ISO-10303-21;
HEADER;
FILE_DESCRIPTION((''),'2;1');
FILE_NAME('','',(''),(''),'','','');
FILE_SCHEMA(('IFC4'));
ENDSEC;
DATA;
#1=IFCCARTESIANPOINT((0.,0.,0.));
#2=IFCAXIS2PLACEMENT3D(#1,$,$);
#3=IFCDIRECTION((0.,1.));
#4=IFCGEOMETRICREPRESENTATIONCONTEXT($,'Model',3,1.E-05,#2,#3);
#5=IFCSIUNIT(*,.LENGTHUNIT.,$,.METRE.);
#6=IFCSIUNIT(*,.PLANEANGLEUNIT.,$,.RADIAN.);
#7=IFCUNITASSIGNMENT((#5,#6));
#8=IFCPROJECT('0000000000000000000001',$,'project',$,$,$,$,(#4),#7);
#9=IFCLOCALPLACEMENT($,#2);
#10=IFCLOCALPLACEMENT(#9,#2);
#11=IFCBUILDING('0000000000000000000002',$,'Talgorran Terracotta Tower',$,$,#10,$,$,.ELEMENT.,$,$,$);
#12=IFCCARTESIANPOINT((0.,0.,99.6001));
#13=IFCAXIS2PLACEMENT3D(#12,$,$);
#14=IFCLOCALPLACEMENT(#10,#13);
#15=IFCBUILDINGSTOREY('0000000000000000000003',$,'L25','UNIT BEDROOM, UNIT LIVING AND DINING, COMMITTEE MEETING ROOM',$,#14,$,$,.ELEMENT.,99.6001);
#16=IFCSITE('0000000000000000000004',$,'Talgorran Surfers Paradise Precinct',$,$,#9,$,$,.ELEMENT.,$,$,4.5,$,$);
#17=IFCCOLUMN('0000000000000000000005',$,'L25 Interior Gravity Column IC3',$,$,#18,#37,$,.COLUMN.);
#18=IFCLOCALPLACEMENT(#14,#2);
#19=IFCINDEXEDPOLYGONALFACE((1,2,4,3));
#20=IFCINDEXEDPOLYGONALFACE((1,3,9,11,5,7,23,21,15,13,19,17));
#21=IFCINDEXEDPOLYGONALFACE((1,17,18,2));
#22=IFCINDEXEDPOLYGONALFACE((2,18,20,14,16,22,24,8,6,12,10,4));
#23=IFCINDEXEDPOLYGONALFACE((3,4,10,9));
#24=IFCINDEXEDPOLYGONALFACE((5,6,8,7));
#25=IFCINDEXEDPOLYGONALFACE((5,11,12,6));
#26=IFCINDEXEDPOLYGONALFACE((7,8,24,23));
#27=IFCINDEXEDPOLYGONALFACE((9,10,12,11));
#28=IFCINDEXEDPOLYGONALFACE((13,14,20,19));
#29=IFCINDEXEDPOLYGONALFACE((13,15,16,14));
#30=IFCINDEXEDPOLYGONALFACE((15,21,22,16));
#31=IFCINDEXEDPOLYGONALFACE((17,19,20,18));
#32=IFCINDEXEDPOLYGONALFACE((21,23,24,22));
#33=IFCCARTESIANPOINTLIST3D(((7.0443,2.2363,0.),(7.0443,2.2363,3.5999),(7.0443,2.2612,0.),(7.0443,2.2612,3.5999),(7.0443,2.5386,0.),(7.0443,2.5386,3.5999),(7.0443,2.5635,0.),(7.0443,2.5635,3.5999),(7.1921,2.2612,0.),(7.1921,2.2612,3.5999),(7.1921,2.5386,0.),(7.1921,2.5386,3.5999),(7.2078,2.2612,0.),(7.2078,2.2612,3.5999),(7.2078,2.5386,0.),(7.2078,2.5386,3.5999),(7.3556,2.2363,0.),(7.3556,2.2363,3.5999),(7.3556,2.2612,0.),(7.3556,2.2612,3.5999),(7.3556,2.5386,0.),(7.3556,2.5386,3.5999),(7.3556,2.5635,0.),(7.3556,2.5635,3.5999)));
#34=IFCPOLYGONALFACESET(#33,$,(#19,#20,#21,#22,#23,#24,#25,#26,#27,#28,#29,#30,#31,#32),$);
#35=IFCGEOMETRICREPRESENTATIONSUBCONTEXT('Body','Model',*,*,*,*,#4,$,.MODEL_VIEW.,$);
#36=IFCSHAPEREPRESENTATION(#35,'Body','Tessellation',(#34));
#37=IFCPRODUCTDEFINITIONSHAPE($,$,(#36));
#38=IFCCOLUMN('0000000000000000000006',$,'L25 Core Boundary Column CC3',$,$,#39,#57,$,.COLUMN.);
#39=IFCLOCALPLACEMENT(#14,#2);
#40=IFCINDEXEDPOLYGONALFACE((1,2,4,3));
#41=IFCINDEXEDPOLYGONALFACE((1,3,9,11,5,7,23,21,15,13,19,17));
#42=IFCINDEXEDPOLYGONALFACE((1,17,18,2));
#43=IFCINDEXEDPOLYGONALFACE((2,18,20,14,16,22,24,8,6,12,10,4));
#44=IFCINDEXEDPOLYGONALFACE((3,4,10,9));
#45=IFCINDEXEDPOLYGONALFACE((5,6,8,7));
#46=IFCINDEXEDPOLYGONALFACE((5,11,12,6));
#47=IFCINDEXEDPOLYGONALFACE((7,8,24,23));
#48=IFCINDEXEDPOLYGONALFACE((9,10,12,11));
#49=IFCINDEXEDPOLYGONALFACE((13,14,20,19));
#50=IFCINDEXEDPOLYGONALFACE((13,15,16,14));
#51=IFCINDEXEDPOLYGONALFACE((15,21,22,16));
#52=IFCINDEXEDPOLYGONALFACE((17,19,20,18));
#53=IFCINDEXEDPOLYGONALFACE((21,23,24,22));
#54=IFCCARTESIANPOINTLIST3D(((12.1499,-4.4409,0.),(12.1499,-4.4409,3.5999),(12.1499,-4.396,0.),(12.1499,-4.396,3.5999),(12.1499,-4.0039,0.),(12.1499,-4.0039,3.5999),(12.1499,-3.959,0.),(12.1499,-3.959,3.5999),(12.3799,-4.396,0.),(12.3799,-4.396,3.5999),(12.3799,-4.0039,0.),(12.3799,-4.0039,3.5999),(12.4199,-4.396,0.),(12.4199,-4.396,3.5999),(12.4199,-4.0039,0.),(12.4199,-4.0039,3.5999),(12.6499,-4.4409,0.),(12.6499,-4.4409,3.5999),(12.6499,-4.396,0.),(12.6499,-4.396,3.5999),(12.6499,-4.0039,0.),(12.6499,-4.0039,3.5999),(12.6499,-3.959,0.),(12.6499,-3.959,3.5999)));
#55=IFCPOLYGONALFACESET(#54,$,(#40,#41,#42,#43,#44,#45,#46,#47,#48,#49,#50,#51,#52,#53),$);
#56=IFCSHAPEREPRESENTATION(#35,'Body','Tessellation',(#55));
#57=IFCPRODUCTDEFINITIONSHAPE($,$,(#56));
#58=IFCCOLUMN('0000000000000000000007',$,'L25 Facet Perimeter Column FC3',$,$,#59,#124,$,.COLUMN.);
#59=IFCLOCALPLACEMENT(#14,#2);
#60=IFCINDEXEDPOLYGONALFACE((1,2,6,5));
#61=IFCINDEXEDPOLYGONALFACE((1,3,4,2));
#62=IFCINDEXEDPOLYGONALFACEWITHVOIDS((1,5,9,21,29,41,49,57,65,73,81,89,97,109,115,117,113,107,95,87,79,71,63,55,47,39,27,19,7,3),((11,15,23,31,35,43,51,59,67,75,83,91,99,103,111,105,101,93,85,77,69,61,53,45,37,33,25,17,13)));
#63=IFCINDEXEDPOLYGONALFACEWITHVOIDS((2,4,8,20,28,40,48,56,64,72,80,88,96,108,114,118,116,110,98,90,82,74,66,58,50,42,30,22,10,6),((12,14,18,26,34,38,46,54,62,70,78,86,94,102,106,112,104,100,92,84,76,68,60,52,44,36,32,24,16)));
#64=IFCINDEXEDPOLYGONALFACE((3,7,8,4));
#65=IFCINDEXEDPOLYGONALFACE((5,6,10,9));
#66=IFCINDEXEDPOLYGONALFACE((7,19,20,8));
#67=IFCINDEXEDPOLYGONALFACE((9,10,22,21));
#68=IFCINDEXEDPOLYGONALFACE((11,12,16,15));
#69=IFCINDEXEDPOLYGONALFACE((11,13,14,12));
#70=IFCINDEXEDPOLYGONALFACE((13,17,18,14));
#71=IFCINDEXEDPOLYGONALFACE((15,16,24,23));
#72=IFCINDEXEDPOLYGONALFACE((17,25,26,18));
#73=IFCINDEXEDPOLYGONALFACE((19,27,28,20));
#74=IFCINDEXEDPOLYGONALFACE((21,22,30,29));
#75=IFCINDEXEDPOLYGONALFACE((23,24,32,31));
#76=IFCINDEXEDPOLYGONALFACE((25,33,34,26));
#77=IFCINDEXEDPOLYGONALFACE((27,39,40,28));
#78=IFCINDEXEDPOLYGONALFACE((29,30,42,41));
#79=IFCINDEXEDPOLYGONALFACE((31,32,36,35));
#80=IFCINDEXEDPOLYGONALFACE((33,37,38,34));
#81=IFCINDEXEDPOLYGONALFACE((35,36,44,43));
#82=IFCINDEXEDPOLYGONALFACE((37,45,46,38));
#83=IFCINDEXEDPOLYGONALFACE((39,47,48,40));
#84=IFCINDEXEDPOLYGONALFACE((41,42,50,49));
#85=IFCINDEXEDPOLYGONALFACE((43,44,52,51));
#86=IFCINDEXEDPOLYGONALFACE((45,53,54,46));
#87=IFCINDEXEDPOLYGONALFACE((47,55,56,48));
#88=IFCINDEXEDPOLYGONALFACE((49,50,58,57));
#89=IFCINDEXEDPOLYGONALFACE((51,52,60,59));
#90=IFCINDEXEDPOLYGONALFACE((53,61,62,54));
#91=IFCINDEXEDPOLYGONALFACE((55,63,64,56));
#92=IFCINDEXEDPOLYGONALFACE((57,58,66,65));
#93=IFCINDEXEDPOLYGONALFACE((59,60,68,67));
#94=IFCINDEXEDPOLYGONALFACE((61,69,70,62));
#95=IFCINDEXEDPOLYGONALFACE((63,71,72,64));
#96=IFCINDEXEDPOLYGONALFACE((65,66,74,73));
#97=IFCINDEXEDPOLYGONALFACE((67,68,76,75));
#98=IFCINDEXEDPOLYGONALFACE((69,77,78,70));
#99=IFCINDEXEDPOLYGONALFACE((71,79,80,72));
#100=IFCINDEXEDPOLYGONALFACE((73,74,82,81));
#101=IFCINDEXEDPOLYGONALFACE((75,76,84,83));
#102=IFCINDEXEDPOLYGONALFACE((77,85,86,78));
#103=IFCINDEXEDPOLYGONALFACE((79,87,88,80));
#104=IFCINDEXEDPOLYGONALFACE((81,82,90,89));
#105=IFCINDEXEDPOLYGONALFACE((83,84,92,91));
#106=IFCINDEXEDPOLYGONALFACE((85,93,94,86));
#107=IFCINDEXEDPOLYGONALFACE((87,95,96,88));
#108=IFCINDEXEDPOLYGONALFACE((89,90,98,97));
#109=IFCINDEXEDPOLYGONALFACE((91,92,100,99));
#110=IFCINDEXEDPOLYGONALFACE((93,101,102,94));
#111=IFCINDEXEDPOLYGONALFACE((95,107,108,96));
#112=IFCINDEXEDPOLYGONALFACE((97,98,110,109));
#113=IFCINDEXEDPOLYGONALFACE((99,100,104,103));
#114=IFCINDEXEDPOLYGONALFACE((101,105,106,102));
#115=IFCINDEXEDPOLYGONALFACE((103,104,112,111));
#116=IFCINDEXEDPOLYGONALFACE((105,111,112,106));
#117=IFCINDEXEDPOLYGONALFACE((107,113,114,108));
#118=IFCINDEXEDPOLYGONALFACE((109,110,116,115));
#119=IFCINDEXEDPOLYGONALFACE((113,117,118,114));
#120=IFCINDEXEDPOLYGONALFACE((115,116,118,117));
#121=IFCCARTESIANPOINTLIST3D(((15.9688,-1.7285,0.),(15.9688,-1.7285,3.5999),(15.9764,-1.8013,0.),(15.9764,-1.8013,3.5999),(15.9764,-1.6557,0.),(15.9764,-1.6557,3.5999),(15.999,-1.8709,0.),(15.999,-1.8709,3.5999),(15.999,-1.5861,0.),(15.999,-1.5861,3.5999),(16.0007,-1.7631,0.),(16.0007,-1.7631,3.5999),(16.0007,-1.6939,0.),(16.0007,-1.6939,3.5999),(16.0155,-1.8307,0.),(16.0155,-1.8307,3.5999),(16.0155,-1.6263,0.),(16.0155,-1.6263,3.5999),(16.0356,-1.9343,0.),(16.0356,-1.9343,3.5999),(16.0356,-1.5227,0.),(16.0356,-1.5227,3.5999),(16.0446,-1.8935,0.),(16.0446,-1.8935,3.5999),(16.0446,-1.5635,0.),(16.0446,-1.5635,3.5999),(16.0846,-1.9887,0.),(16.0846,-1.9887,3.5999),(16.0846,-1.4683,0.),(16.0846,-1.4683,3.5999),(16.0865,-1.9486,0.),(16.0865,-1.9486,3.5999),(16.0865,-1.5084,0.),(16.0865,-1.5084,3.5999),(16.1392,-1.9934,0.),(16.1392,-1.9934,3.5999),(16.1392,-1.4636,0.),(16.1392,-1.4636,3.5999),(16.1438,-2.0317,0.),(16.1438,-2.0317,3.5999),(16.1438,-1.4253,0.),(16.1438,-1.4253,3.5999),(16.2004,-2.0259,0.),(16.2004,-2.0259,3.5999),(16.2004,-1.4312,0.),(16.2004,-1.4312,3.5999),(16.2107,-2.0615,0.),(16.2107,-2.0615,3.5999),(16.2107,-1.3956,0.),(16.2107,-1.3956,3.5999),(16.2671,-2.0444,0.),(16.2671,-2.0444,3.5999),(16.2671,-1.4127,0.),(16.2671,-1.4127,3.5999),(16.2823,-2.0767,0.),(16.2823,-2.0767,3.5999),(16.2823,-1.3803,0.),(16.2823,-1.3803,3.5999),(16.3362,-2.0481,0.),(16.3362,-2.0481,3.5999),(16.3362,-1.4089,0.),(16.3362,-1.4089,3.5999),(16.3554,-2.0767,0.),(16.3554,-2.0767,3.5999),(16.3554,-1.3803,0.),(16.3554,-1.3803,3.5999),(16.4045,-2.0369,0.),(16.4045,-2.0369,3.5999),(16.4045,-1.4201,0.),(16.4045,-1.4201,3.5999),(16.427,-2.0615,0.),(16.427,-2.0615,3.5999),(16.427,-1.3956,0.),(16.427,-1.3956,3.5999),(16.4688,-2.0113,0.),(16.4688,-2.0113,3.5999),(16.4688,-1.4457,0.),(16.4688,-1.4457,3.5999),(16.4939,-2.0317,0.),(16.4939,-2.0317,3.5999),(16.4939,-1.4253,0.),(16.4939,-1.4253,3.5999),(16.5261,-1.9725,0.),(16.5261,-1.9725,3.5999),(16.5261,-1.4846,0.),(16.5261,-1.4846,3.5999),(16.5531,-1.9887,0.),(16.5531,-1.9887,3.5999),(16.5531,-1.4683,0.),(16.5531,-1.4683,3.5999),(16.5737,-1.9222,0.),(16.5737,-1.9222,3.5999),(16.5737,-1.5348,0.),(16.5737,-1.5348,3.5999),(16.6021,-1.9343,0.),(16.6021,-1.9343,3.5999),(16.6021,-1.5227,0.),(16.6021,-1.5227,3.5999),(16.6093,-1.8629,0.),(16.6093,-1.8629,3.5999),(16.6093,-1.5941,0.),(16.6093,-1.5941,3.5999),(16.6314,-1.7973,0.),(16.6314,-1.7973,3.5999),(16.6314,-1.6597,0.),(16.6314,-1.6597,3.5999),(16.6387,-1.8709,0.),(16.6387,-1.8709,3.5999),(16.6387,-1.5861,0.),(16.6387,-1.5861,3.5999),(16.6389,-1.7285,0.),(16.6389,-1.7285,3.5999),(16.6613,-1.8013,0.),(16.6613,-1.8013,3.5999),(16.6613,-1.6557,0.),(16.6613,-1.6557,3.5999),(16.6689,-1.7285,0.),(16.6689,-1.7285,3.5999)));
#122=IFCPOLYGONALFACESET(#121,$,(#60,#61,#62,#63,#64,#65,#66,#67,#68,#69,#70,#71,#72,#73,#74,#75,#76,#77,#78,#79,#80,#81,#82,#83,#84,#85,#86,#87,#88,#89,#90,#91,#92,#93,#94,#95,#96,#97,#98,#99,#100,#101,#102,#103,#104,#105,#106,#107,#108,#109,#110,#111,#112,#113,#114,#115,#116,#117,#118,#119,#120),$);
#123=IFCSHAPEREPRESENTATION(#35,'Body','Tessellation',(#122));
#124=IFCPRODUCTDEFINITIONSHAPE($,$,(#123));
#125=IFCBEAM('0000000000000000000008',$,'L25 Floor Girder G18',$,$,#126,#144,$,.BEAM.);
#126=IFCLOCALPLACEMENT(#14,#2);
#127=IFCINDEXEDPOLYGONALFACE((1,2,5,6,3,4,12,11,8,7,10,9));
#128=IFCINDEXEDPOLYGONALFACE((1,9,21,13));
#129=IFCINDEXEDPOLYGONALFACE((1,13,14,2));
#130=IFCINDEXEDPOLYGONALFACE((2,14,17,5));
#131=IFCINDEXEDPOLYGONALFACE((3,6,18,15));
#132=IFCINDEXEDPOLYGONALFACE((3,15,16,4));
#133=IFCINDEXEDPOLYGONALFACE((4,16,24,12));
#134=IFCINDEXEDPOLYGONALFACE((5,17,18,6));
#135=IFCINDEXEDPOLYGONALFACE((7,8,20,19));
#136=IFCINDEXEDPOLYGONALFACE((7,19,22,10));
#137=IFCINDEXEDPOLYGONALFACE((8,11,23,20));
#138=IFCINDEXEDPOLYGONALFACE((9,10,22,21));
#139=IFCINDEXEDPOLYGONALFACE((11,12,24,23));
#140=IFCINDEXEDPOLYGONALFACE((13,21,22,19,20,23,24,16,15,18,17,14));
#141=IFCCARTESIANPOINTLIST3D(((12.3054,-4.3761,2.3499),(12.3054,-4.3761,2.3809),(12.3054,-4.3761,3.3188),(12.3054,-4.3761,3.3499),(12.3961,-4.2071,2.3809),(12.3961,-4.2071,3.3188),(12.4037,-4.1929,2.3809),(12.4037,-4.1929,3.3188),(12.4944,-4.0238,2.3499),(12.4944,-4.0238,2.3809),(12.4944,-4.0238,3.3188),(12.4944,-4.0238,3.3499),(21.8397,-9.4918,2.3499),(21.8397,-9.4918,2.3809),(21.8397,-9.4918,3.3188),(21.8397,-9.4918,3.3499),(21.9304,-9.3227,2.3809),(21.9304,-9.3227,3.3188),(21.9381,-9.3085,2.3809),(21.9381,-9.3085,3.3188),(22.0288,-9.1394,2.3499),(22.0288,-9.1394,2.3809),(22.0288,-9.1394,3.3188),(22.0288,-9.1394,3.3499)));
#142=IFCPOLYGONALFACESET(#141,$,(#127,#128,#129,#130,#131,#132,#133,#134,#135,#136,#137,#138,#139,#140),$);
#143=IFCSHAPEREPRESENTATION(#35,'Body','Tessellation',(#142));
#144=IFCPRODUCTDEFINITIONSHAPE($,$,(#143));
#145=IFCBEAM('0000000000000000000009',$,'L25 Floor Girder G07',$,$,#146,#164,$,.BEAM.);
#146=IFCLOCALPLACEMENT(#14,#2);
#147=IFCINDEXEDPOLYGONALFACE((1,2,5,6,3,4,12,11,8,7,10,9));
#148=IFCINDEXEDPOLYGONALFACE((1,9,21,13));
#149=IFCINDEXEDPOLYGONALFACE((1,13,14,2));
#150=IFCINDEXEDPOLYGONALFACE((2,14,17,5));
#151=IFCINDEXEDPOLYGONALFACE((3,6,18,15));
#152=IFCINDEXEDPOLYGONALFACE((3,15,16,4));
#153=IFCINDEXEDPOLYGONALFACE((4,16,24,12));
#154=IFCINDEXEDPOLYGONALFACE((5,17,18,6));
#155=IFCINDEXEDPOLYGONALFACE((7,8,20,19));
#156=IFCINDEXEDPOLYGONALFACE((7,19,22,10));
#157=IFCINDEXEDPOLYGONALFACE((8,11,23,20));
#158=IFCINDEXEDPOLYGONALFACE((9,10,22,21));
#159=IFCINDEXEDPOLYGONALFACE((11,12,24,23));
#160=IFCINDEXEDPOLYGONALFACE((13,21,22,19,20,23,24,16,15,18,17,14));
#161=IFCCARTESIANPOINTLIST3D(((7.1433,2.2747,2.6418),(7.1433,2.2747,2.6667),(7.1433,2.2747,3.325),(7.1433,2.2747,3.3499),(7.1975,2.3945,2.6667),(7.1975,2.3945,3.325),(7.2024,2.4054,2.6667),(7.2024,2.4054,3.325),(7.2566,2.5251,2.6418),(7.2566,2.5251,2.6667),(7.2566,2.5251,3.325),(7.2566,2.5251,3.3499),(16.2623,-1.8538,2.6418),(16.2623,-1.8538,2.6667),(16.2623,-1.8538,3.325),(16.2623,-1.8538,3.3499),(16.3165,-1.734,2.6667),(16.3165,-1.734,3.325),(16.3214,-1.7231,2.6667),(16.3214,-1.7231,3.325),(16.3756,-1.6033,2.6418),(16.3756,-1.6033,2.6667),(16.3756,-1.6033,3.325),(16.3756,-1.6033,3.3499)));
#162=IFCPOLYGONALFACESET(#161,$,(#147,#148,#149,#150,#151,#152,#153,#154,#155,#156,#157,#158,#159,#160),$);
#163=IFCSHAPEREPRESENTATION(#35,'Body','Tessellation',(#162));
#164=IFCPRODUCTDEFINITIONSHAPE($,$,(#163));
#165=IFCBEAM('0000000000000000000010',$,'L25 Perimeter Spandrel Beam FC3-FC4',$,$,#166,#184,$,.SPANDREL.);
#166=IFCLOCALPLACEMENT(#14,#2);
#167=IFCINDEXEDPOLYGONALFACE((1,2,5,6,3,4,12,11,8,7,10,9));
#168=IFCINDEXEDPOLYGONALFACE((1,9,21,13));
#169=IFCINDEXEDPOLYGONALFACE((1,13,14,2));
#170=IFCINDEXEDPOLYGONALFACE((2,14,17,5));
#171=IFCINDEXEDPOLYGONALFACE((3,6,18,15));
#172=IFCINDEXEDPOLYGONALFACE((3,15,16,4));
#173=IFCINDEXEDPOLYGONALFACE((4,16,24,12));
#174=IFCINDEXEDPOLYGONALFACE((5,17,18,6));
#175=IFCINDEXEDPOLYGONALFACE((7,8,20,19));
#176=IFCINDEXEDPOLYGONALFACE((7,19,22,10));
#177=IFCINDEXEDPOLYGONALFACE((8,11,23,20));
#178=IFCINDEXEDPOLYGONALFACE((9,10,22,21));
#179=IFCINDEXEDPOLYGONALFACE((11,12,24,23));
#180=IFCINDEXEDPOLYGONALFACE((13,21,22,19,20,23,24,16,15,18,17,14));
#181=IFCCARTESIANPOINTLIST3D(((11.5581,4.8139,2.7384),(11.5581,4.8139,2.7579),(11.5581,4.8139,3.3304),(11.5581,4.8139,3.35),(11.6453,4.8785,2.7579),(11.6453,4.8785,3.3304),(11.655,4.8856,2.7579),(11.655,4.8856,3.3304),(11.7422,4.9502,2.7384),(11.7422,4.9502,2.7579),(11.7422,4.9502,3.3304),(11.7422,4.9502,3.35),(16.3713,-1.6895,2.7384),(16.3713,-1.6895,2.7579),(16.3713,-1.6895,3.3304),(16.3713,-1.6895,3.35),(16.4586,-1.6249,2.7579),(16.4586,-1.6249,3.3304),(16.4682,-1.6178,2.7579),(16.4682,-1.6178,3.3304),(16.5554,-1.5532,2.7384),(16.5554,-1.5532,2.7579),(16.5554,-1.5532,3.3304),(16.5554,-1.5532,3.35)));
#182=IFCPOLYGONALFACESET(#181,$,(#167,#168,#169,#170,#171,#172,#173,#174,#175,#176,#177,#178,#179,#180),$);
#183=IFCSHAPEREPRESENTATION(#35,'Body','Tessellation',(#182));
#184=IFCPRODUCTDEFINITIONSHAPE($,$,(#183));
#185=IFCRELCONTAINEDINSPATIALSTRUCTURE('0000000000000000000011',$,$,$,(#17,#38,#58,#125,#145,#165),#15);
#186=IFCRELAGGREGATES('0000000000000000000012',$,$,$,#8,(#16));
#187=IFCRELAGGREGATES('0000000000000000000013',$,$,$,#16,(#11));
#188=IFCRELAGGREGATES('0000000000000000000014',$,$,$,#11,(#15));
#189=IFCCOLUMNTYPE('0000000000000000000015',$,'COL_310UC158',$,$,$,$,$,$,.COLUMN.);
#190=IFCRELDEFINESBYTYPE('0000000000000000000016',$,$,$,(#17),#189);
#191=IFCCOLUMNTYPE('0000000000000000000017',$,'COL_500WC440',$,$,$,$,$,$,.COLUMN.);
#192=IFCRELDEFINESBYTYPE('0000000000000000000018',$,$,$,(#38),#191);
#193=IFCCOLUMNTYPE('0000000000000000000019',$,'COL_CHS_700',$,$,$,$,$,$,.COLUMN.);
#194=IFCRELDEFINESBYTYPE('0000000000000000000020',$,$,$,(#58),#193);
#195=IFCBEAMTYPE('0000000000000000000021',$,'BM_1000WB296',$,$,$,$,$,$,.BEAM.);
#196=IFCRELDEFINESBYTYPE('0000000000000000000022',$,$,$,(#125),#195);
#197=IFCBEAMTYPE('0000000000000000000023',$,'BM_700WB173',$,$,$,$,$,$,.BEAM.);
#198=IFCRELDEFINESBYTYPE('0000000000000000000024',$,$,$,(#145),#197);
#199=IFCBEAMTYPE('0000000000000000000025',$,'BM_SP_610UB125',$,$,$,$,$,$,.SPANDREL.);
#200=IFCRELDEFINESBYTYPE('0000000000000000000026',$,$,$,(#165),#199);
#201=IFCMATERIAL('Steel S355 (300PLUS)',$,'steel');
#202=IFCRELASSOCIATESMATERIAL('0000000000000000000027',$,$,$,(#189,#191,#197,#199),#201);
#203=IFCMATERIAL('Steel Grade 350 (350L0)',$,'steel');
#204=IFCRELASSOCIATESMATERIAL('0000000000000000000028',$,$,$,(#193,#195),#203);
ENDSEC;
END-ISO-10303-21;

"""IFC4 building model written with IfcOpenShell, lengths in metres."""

from ifc_helpers import new_model, si_unit, direction, frame, origin, origin_2d, place, context, subcontext, project, spatial, hollow_circle, i_section, extrude, material, material_profile, profile_set, type_object, element, save


model = new_model("IFC4")

# Units and contexts
model_context = context("Model", 3, precision=1e-05, world=origin(), true_north=direction((0.0, 1.0)))
body_context = subcontext(model_context, "Body", "Model", "MODEL_VIEW")
ifc_project = project(units=[si_unit("LENGTHUNIT", "METRE"), si_unit("PLANEANGLEUNIT", "RADIAN")], contexts=[model_context])

# Site, building, storey
site_placement = place(None, origin())
site = spatial("IfcSite", under=ifc_project, at=site_placement, Name="Talgorran Surfers Paradise Precinct", CompositionType="ELEMENT", RefElevation=4.5)
building_placement = place(site_placement, origin())
building = spatial("IfcBuilding", under=site, at=building_placement, Name="Talgorran Terracotta Tower", CompositionType="ELEMENT")
storey_placement = place(building_placement, frame((0.0, 0.0, 99.6001)))
storey = spatial("IfcBuildingStorey", under=building, at=storey_placement, Name="L25", Description="UNIT BEDROOM, UNIT LIVING AND DINING, COMMITTEE MEETING ROOM", CompositionType="ELEMENT", Elevation=99.6001)

# Columns
ifc_material_1 = material(Name="Steel S355 (300PLUS)", Category="steel")
ifc_material_profile_1 = material_profile(ifc_material_1, i_section(OverallWidth=0.3113, OverallDepth=0.3271, WebThickness=0.0156, FlangeThickness=0.0249, at=origin_2d()), Name="310UC158")
ifc_profile_set_1 = profile_set([ifc_material_profile_1], Name="Steel S355 (300PLUS)")
column_type_1 = type_object("IfcColumnType", Name="COL_310UC158", PredefinedType="COLUMN", material=ifc_profile_set_1)
column_1_placement = place(storey_placement, frame((7.2, 2.3999, 0.0), z_axis=(0.0, 0.0, 1.0), x_axis=(1.0, 0.0, 0.0)))
element("IfcColumn", 1, at=column_1_placement, inside=storey, type_object=column_type_1, Name="L25 Interior Gravity Column IC3", PredefinedType="COLUMN", context=body_context, shape_type="SweptSolid", body=[
    extrude(i_section(OverallWidth=0.3113, OverallDepth=0.3271, WebThickness=0.0156, FlangeThickness=0.0249, at=origin_2d()), origin(), (0.0, 0.0, 1.0), 3.5999),
])
ifc_material_profile_2 = material_profile(ifc_material_1, i_section(OverallWidth=0.5, OverallDepth=0.4819, WebThickness=0.04, FlangeThickness=0.0449, at=origin_2d()), Name="500WC440")
ifc_profile_set_2 = profile_set([ifc_material_profile_2], Name="Steel S355 (300PLUS)")
column_type_2 = type_object("IfcColumnType", Name="COL_500WC440", PredefinedType="COLUMN", material=ifc_profile_set_2)
column_2_placement = place(storey_placement, frame((12.3999, -4.2, 0.0), z_axis=(0.0, 0.0, 1.0), x_axis=(1.0, 0.0, 0.0)))
element("IfcColumn", 2, at=column_2_placement, inside=storey, type_object=column_type_2, Name="L25 Core Boundary Column CC3", PredefinedType="COLUMN", context=body_context, shape_type="SweptSolid", body=[
    extrude(i_section(OverallWidth=0.5, OverallDepth=0.4819, WebThickness=0.04, FlangeThickness=0.0449, at=origin_2d()), origin(), (0.0, 0.0, 1.0), 3.5999),
])
ifc_material_2 = material(Name="Steel Grade 350 (350L0)", Category="steel")
ifc_material_profile_3 = material_profile(ifc_material_2, hollow_circle(Radius=0.3501, WallThickness=0.03, at=origin_2d()), Name="CHS700X30")
ifc_profile_set_3 = profile_set([ifc_material_profile_3], Name="Steel Grade 350 (350L0)")
column_type_3 = type_object("IfcColumnType", Name="COL_CHS_700", PredefinedType="COLUMN", material=ifc_profile_set_3)
column_3_placement = place(storey_placement, frame((16.3188, -1.7285, 0.0), z_axis=(0.0, 0.0, 1.0), x_axis=(1.0, 0.0, 0.0)))
element("IfcColumn", 3, at=column_3_placement, inside=storey, type_object=column_type_3, Name="L25 Facet Perimeter Column FC3", PredefinedType="COLUMN", context=body_context, shape_type="SweptSolid", body=[
    extrude(hollow_circle(Radius=0.3501, WallThickness=0.03, at=origin_2d()), origin(), (0.0, 0.0, 1.0), 3.5999),
])

# Beams
ifc_material_profile_4 = material_profile(ifc_material_2, i_section(OverallWidth=0.3999, OverallDepth=1.0, WebThickness=0.0161, FlangeThickness=0.031, at=origin_2d()), Name="1000WB296")
ifc_profile_set_4 = profile_set([ifc_material_profile_4], Name="Steel Grade 350 (350L0)")
beam_type_1 = type_object("IfcBeamType", Name="BM_1000WB296", PredefinedType="BEAM", material=ifc_profile_set_4)
beam_1_placement = place(storey_placement, frame((12.3999, -4.2, 2.8499), z_axis=(0.881172, -0.472795, 0.0), x_axis=(0.472795, 0.881172, 0.0)))
element("IfcBeam", 4, at=beam_1_placement, inside=storey, type_object=beam_type_1, Name="L25 Floor Girder G18", PredefinedType="BEAM", context=body_context, shape_type="SweptSolid", body=[
    extrude(i_section(OverallWidth=0.3999, OverallDepth=1.0, WebThickness=0.0161, FlangeThickness=0.031, at=origin_2d()), origin(), (0.0, 0.0, 1.0), 10.8201),
])
ifc_material_profile_5 = material_profile(ifc_material_1, i_section(OverallWidth=0.2749, OverallDepth=0.708, WebThickness=0.012, FlangeThickness=0.0249, at=origin_2d()), Name="700WB173")
ifc_profile_set_5 = profile_set([ifc_material_profile_5], Name="Steel S355 (300PLUS)")
beam_type_2 = type_object("IfcBeamType", Name="BM_700WB173", PredefinedType="BEAM", material=ifc_profile_set_5)
beam_2_placement = place(storey_placement, frame((7.2, 2.3999, 2.9958), z_axis=(0.910988, -0.412433, 0.0), x_axis=(0.412433, 0.910988, 0.0)))
element("IfcBeam", 5, at=beam_2_placement, inside=storey, type_object=beam_type_2, Name="L25 Floor Girder G07", PredefinedType="BEAM", context=body_context, shape_type="SweptSolid", body=[
    extrude(i_section(OverallWidth=0.2749, OverallDepth=0.708, WebThickness=0.012, FlangeThickness=0.0249, at=origin_2d()), origin(), (0.0, 0.0, 1.0), 10.01),
])
ifc_material_profile_6 = material_profile(ifc_material_1, i_section(OverallWidth=0.229, OverallDepth=0.6116, WebThickness=0.012, FlangeThickness=0.0195, at=origin_2d()), Name="610UB125")
ifc_profile_set_6 = profile_set([ifc_material_profile_6], Name="Steel S355 (300PLUS)")
beam_type_3 = type_object("IfcBeamType", Name="BM_SP_610UB125", PredefinedType="SPANDREL", material=ifc_profile_set_6)
beam_3_placement = place(storey_placement, frame((16.4634, -1.6213, 3.0442), z_axis=(-0.594899, 0.8038, 0.0), x_axis=(-0.8038, -0.594899, 0.0)))
element("IfcBeam", 6, at=beam_3_placement, inside=storey, type_object=beam_type_3, Name="L25 Perimeter Spandrel Beam FC3-FC4", PredefinedType="SPANDREL", context=body_context, shape_type="SweptSolid", body=[
    extrude(i_section(OverallWidth=0.229, OverallDepth=0.6116, WebThickness=0.012, FlangeThickness=0.0195, at=origin_2d()), origin(), (0.0, 0.0, 1.0), 8.0908),
])

save(model, "model.ifc")
